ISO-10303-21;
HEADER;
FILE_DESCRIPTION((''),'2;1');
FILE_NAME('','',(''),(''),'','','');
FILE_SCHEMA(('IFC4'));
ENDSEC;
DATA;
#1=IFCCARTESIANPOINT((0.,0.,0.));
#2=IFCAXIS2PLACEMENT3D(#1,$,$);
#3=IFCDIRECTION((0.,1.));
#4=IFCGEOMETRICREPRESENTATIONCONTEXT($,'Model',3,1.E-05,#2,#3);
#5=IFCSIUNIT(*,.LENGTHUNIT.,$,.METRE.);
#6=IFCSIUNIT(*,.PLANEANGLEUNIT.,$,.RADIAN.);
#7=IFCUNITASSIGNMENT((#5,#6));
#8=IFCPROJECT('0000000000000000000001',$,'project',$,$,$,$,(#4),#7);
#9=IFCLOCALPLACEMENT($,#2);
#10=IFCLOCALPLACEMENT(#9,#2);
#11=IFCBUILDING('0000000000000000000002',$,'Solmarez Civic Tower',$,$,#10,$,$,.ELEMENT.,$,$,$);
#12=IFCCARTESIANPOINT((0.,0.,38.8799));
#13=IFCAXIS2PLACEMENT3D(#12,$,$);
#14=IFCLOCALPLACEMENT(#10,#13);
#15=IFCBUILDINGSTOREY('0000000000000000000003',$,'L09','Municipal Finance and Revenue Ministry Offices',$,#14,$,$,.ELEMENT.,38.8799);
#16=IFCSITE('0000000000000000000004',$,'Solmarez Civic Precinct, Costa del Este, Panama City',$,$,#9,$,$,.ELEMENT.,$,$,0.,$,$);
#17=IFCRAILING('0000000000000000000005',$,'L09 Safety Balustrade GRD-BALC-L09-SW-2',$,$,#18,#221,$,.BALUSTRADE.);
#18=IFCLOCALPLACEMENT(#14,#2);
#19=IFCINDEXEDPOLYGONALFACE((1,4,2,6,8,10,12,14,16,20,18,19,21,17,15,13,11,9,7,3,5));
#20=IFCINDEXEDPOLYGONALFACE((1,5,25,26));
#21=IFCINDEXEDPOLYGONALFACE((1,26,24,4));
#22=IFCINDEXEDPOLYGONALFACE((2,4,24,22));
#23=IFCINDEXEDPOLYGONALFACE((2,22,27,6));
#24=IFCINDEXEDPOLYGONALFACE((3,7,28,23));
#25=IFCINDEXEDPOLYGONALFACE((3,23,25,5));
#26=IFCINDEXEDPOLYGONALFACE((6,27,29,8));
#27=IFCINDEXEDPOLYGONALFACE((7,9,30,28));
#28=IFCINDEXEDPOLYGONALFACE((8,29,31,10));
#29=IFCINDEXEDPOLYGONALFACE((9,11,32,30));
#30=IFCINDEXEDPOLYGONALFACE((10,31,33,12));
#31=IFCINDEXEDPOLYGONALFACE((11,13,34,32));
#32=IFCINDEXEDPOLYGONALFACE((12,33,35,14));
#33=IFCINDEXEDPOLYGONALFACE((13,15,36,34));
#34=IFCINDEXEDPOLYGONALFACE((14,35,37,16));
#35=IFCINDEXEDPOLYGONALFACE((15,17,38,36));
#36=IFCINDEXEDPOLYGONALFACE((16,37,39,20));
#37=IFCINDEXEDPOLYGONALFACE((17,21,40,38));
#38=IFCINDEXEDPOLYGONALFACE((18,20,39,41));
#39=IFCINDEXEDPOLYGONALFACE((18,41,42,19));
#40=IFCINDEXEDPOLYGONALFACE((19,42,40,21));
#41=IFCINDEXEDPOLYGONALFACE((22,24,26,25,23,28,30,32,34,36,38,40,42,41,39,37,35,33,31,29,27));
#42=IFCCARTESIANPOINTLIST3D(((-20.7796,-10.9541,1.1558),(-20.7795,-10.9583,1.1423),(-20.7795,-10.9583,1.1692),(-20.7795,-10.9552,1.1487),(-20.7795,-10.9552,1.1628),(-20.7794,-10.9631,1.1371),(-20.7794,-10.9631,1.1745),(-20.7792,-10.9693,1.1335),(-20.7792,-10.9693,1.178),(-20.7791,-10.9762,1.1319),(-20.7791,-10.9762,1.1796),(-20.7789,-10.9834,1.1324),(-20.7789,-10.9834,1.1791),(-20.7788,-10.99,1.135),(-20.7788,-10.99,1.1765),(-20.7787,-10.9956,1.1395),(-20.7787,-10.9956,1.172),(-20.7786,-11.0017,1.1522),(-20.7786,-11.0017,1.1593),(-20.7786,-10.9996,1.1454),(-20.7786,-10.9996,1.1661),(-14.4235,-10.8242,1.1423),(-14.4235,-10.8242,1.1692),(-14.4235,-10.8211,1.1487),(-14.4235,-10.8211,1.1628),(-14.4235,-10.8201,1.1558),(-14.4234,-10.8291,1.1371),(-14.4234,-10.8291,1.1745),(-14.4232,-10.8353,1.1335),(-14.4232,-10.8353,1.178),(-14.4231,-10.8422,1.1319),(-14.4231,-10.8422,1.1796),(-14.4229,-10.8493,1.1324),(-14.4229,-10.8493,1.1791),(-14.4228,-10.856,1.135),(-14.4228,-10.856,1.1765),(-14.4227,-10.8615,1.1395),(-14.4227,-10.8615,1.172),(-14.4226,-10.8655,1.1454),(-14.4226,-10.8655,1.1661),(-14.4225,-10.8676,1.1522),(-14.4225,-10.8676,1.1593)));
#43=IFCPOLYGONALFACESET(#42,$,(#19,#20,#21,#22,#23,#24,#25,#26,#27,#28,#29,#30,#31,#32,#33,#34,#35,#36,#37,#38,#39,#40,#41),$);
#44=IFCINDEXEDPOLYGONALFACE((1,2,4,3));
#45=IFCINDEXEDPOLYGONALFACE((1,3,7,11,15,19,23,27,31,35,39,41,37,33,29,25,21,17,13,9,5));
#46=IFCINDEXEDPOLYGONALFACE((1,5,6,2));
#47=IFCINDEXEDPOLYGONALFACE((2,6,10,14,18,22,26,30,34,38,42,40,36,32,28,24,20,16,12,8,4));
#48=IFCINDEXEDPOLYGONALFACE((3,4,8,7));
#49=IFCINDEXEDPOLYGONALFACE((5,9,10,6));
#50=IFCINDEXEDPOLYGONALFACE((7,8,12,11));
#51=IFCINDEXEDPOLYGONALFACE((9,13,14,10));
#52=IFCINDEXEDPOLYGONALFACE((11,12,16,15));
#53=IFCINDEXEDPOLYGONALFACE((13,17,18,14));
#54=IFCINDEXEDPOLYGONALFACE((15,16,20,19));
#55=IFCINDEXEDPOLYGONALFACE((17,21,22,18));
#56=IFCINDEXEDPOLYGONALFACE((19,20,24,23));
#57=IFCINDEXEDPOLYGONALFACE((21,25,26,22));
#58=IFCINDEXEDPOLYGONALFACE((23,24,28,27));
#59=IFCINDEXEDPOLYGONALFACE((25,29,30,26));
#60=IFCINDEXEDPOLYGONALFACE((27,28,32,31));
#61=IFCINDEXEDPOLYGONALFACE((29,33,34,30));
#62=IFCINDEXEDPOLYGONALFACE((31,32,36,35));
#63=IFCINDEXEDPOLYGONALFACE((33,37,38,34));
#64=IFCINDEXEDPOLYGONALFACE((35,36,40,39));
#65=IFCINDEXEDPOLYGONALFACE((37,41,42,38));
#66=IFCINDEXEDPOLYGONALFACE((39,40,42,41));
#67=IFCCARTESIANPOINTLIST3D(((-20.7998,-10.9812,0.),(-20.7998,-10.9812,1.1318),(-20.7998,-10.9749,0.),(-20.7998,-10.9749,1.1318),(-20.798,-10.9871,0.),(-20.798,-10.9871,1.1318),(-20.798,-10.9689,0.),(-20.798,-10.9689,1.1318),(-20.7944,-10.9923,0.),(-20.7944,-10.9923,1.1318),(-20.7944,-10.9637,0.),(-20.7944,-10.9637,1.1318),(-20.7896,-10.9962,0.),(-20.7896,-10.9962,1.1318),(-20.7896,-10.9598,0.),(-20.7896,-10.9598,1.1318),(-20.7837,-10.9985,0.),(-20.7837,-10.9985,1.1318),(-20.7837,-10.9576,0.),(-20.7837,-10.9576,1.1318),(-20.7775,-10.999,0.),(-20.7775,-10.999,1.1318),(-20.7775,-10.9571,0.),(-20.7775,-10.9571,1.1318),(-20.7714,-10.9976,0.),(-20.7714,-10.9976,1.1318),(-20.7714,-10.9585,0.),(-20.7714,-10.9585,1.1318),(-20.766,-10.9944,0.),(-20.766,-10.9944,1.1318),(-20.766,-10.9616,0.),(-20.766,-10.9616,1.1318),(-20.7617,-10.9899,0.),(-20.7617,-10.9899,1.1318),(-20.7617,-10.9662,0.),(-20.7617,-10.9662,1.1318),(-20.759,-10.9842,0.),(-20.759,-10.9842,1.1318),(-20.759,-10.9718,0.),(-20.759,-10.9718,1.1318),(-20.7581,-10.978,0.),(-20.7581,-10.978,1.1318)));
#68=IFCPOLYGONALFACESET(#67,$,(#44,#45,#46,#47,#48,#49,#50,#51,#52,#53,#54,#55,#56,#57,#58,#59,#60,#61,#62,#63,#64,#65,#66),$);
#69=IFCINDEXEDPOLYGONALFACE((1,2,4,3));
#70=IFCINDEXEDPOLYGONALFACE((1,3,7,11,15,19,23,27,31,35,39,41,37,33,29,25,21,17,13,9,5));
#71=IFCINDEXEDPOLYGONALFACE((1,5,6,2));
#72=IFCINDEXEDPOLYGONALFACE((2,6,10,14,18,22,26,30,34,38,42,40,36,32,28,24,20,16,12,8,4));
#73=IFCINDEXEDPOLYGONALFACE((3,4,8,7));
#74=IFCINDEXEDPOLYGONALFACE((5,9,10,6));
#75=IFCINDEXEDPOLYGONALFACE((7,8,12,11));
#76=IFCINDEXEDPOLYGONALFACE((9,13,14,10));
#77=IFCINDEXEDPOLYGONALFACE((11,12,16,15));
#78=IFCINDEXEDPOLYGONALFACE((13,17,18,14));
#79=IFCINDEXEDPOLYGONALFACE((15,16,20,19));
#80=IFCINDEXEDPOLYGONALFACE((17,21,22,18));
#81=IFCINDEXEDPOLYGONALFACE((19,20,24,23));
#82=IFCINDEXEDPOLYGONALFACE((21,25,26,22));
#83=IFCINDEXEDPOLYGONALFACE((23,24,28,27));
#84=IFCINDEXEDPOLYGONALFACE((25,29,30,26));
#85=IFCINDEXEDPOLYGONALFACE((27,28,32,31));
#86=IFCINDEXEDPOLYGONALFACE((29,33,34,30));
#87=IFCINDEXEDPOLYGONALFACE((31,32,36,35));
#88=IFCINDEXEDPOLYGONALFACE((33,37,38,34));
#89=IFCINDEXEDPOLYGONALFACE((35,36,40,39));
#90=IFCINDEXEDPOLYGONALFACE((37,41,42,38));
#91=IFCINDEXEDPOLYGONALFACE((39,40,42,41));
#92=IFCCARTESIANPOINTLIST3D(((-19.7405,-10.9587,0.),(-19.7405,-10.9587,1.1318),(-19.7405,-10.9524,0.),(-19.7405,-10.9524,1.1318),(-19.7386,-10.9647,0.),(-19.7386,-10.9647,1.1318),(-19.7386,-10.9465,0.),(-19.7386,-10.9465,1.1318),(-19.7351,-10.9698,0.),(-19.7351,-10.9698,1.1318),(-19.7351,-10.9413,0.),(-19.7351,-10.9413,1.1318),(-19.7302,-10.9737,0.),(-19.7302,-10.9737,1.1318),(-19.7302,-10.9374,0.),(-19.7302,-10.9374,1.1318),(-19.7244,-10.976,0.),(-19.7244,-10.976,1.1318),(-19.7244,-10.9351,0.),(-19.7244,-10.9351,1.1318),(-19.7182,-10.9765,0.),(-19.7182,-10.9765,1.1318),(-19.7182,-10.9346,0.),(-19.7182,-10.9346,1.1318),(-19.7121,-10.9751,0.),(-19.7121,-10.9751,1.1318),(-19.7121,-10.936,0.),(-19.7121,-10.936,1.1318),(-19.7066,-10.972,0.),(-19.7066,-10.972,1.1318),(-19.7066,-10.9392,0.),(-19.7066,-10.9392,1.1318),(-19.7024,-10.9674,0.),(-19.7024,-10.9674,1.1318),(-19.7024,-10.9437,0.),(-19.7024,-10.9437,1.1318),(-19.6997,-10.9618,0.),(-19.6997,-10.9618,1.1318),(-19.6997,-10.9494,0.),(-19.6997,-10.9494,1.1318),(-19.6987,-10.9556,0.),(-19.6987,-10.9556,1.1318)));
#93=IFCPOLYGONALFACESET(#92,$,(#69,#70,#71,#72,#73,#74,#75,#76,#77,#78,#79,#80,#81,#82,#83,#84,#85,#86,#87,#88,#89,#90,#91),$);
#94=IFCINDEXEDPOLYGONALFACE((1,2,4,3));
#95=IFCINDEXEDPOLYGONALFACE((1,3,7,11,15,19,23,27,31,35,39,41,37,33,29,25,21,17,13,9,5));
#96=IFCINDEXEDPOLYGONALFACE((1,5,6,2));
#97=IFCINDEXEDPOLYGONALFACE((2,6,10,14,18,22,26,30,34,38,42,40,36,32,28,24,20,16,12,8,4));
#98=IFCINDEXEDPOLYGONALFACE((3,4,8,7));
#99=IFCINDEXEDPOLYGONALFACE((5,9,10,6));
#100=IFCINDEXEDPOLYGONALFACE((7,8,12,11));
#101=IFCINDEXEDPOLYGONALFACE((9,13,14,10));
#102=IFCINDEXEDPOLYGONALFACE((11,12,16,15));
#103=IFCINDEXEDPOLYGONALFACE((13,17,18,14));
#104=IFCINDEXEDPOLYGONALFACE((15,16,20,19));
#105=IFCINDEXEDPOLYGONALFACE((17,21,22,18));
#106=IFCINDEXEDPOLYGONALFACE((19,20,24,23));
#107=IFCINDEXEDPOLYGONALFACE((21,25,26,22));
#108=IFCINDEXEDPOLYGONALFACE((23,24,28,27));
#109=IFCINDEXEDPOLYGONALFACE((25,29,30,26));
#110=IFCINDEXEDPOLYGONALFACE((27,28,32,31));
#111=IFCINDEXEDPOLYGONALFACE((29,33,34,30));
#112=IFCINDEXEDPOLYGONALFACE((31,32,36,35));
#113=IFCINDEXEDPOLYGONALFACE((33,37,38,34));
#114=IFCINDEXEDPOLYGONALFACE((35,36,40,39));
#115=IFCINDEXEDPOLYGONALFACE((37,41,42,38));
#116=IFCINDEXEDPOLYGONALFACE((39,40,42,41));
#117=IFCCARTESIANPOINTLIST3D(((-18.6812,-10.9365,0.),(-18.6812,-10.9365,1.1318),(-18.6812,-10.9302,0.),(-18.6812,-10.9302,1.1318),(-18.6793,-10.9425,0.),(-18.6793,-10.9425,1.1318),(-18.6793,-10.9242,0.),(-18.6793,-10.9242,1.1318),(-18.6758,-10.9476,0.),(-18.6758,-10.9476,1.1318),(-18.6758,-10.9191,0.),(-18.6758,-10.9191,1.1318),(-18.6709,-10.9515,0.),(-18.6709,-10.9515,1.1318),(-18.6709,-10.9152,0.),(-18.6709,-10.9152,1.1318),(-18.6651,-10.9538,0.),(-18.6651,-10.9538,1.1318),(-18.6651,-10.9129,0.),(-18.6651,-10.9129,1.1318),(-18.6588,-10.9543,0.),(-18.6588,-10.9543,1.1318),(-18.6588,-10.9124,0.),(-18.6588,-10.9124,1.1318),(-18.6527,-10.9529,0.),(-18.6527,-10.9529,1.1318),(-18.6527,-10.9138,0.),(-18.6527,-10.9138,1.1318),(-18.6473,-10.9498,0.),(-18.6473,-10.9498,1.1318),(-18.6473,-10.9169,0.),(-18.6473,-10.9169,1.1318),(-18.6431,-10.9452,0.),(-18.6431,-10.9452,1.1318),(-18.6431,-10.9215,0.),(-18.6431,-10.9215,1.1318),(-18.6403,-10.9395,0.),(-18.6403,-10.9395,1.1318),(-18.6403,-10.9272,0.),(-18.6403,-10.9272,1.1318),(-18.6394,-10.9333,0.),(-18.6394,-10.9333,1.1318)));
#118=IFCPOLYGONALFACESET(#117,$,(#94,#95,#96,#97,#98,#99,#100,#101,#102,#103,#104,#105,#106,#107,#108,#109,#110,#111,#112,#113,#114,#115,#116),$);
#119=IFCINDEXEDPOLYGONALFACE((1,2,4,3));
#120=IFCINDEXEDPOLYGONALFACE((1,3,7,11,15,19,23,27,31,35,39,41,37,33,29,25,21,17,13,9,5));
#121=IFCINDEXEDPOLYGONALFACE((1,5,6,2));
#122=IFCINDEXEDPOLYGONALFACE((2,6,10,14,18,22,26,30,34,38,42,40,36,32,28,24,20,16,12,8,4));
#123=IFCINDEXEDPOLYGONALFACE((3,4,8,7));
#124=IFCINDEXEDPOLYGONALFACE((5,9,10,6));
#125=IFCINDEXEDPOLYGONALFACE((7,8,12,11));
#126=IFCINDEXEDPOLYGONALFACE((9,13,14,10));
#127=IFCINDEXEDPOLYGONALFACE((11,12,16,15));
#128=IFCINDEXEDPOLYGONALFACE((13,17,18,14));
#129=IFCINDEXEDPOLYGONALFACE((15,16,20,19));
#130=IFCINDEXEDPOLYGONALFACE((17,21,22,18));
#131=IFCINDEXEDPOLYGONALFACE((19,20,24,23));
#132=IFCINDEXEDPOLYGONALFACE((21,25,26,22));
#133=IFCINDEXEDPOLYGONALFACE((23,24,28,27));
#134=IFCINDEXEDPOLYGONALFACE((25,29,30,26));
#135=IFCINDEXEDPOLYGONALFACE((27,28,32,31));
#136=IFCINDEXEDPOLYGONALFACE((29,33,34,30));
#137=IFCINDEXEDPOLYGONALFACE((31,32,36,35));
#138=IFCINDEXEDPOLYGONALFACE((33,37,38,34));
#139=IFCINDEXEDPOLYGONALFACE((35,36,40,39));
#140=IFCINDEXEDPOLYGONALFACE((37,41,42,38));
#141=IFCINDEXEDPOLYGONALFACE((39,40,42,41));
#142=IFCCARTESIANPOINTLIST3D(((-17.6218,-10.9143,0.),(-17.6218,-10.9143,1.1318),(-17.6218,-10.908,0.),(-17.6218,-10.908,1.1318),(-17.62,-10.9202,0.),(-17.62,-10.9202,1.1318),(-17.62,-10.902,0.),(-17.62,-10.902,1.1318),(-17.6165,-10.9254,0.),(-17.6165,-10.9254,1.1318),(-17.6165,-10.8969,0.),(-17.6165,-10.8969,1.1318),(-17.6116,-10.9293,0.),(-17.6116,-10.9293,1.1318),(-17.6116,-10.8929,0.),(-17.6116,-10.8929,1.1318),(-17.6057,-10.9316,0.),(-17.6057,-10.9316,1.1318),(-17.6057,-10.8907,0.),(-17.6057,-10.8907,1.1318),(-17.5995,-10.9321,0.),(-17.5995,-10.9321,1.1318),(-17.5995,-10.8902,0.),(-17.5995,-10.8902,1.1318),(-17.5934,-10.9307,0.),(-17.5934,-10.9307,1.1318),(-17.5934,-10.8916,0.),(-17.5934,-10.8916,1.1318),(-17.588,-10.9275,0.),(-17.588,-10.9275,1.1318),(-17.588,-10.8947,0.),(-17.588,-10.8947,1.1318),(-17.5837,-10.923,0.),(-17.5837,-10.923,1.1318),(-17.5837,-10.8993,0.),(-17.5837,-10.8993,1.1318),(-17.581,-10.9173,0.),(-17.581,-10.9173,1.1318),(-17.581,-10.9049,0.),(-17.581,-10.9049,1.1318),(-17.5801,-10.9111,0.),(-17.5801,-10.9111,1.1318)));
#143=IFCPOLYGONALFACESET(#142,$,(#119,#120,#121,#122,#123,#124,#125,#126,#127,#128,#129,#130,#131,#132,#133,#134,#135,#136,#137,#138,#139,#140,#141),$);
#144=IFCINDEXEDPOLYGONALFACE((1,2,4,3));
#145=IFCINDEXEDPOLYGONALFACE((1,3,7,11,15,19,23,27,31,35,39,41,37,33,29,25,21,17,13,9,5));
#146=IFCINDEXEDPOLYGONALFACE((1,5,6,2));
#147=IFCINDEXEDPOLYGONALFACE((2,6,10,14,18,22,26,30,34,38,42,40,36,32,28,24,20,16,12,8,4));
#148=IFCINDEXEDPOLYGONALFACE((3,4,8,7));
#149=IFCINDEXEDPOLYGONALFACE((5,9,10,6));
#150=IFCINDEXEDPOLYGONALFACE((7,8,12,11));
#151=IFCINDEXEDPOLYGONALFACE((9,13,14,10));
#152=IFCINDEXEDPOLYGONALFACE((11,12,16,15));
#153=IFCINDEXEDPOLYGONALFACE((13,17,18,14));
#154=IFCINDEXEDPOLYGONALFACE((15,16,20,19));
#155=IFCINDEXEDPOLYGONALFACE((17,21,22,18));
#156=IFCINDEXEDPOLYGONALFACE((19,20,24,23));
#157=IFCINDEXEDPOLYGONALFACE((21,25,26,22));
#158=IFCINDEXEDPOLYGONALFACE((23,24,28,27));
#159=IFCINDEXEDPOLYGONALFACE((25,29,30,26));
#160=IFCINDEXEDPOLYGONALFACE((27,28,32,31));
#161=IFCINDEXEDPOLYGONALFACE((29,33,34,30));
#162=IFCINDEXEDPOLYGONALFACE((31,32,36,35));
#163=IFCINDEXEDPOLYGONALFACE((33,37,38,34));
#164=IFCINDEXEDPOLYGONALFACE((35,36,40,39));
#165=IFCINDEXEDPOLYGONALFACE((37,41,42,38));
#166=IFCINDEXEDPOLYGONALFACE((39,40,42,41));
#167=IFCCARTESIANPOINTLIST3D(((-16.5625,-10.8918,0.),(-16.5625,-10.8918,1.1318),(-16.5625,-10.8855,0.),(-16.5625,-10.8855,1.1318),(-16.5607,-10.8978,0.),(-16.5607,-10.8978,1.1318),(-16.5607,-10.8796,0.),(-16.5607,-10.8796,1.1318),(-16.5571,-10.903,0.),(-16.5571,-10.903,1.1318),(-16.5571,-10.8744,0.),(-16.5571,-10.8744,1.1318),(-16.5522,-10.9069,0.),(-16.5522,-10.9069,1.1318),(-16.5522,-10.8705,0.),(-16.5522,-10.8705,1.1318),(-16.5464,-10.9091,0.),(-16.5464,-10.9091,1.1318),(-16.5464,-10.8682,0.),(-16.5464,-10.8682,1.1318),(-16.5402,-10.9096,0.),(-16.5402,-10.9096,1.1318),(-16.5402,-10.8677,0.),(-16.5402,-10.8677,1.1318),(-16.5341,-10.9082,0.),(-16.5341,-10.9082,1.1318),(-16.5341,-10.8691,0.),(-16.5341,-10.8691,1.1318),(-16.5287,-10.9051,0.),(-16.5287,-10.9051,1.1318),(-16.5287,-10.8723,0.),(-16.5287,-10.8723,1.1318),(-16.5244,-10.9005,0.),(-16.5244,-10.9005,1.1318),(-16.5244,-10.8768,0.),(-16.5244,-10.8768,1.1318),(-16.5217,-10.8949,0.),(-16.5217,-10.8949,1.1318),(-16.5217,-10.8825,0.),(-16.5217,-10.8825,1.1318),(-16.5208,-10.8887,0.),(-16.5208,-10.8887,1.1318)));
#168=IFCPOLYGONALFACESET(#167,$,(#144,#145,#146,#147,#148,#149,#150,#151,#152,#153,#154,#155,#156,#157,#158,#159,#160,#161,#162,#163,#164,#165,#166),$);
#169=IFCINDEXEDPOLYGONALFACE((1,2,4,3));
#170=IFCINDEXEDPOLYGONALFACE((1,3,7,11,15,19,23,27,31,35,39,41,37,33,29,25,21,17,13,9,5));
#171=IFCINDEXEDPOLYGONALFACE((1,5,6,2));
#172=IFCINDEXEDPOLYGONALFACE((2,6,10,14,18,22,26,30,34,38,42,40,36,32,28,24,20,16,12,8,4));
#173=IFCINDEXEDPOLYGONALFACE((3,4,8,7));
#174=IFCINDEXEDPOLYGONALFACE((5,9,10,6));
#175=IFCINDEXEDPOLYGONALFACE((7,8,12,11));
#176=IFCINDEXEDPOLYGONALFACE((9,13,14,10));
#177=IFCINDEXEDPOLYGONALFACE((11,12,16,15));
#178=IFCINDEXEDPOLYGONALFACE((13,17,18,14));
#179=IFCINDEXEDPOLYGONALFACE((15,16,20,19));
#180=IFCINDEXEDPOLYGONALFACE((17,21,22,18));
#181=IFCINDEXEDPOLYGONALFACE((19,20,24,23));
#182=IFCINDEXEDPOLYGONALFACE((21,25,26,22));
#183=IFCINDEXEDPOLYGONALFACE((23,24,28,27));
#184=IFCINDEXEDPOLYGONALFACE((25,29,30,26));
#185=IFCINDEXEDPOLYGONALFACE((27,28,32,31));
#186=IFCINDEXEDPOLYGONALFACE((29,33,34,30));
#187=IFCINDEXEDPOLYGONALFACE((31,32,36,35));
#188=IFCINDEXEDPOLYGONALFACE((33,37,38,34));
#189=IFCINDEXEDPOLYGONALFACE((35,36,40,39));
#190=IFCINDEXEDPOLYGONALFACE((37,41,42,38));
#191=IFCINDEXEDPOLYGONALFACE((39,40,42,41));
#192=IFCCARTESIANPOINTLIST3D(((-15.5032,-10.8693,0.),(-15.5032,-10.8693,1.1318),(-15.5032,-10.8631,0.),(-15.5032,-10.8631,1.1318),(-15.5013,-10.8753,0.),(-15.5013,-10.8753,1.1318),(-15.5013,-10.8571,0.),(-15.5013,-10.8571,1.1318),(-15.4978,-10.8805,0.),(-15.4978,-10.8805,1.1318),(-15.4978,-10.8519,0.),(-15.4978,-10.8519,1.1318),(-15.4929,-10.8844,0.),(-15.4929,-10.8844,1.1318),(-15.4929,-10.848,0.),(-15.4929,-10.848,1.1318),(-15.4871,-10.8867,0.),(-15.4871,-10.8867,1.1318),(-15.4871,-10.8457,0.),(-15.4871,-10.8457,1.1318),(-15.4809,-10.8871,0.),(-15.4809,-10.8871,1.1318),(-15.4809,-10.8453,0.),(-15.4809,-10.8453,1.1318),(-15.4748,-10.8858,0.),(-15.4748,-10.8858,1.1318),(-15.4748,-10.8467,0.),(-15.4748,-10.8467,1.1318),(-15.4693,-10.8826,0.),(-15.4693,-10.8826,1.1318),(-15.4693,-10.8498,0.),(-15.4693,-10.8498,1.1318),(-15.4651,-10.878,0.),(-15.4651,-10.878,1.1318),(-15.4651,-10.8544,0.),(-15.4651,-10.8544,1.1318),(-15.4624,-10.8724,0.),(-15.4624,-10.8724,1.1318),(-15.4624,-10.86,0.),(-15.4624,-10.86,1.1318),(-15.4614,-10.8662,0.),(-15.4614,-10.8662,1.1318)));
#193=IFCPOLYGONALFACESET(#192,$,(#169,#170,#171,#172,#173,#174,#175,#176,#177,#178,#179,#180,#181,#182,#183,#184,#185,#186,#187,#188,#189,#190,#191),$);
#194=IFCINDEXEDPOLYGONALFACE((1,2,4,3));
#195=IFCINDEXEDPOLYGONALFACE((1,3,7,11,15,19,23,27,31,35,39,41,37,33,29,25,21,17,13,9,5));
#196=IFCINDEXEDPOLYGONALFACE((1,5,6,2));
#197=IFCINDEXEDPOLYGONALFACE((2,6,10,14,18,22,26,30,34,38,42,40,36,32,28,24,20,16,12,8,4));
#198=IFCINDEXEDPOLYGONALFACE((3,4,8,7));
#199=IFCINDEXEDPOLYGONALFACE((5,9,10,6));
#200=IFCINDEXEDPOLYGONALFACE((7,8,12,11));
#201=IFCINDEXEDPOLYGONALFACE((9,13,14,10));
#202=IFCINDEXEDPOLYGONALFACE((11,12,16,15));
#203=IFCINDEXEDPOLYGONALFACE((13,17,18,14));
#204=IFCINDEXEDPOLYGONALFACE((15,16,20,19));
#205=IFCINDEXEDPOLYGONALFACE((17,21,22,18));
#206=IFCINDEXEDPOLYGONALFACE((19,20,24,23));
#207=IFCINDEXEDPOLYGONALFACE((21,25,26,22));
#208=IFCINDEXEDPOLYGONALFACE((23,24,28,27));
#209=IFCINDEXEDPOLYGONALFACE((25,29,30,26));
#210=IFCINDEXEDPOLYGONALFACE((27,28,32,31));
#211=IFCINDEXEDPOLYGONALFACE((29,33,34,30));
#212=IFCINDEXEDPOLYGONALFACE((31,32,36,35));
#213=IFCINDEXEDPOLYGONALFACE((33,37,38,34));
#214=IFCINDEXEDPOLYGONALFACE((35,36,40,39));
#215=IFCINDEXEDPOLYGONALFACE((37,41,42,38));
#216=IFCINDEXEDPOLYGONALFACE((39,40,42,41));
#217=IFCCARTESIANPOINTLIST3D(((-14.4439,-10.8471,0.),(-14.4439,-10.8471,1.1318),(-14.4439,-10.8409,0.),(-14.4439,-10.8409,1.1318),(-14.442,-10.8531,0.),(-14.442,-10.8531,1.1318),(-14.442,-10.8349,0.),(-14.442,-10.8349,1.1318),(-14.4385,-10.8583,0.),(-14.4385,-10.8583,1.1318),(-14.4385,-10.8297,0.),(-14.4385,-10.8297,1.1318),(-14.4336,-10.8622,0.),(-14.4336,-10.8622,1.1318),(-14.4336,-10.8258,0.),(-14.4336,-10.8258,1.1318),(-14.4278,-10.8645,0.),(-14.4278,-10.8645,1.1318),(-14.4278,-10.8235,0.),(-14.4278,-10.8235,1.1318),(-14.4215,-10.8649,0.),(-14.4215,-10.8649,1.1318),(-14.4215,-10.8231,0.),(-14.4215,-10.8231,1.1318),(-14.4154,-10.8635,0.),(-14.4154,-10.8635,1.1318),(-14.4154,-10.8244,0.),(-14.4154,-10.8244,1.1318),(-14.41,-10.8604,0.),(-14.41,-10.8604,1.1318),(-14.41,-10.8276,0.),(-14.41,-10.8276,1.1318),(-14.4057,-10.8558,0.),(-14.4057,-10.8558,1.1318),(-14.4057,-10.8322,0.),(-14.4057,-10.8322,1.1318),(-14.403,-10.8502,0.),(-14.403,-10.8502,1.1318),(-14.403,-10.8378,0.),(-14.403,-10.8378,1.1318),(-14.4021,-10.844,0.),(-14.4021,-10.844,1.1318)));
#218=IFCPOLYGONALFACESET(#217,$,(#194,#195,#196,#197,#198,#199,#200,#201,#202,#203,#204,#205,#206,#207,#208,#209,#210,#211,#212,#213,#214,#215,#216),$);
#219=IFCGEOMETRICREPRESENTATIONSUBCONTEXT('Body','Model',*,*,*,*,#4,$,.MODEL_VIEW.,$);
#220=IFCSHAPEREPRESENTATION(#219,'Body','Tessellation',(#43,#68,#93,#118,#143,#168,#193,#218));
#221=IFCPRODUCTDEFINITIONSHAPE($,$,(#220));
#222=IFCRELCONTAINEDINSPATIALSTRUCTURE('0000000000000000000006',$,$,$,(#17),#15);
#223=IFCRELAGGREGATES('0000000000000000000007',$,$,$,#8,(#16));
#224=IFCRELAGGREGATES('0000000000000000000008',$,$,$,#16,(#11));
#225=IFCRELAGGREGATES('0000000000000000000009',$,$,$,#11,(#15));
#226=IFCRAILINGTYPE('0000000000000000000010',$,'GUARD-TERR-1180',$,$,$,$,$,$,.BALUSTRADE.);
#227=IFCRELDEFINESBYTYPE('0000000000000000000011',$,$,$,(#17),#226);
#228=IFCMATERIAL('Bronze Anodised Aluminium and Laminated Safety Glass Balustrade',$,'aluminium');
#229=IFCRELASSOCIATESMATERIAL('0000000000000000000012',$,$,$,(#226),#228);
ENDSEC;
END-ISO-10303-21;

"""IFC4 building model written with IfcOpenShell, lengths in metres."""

from ifc_helpers import new_model, si_unit, direction, frame, origin, origin_2d, place, context, subcontext, project, spatial, circle, extrude, material, type_object, element, save


model = new_model("IFC4")

# Units and contexts
model_context = context("Model", 3, precision=1e-05, world=origin(), true_north=direction((0.0, 1.0)))
body_context = subcontext(model_context, "Body", "Model", "MODEL_VIEW")
ifc_project = project(units=[si_unit("LENGTHUNIT", "METRE"), si_unit("PLANEANGLEUNIT", "RADIAN")], contexts=[model_context])

# Site, building, storey
site_placement = place(None, origin())
site = spatial("IfcSite", under=ifc_project, at=site_placement, Name="Solmarez Civic Precinct, Costa del Este, Panama City", CompositionType="ELEMENT", RefElevation=0.0)
building_placement = place(site_placement, origin())
building = spatial("IfcBuilding", under=site, at=building_placement, Name="Solmarez Civic Tower", CompositionType="ELEMENT")
storey_placement = place(building_placement, frame((0.0, 0.0, 38.8799)))
storey = spatial("IfcBuildingStorey", under=building, at=storey_placement, Name="L09", Description="Municipal Finance and Revenue Ministry Offices", CompositionType="ELEMENT", Elevation=38.8799)

# Railing
ifc_material_1 = material(Name="Bronze Anodised Aluminium and Laminated Safety Glass Balustrade", Category="aluminium")
railing_type = type_object("IfcRailingType", Name="GUARD-TERR-1180", PredefinedType="BALUSTRADE", material=ifc_material_1)
railing_1_placement = place(storey_placement, frame((-20.7791, -10.978, 0.0)))
element("IfcRailing", 1, at=railing_1_placement, inside=storey, type_object=railing_type, Name="L09 Safety Balustrade GRD-BALC-L09-SW-2", PredefinedType="BALUSTRADE", context=body_context, shape_type="SweptSolid", body=[
    extrude(circle(Radius=0.0239, at=origin_2d()), frame((0.0, 0.0, 1.1558), z_axis=(0.999778, 0.021083, 0.0), x_axis=(-0.021083, 0.999778, 0.0)), (0.0, 0.0, 1.0), 6.3574),
    extrude(circle(Radius=0.021, at=origin_2d()), origin(), (0.0, 0.0, 1.0), 1.1318),
    extrude(circle(Radius=0.021, at=origin_2d()), frame((1.0593, 0.0225, 0.0)), (0.0, 0.0, 1.0), 1.1318),
    extrude(circle(Radius=0.021, at=origin_2d()), frame((2.1187, 0.0447, 0.0)), (0.0, 0.0, 1.0), 1.1318),
    extrude(circle(Radius=0.021, at=origin_2d()), frame((3.178, 0.0669, 0.0)), (0.0, 0.0, 1.0), 1.1318),
    extrude(circle(Radius=0.021, at=origin_2d()), frame((4.2373, 0.0894, 0.0)), (0.0, 0.0, 1.0), 1.1318),
    extrude(circle(Radius=0.021, at=origin_2d()), frame((5.2966, 0.1118, 0.0)), (0.0, 0.0, 1.0), 1.1318),
    extrude(circle(Radius=0.021, at=origin_2d()), frame((6.356, 0.134, 0.0)), (0.0, 0.0, 1.0), 1.1318),
])

save(model, "model.ifc")
